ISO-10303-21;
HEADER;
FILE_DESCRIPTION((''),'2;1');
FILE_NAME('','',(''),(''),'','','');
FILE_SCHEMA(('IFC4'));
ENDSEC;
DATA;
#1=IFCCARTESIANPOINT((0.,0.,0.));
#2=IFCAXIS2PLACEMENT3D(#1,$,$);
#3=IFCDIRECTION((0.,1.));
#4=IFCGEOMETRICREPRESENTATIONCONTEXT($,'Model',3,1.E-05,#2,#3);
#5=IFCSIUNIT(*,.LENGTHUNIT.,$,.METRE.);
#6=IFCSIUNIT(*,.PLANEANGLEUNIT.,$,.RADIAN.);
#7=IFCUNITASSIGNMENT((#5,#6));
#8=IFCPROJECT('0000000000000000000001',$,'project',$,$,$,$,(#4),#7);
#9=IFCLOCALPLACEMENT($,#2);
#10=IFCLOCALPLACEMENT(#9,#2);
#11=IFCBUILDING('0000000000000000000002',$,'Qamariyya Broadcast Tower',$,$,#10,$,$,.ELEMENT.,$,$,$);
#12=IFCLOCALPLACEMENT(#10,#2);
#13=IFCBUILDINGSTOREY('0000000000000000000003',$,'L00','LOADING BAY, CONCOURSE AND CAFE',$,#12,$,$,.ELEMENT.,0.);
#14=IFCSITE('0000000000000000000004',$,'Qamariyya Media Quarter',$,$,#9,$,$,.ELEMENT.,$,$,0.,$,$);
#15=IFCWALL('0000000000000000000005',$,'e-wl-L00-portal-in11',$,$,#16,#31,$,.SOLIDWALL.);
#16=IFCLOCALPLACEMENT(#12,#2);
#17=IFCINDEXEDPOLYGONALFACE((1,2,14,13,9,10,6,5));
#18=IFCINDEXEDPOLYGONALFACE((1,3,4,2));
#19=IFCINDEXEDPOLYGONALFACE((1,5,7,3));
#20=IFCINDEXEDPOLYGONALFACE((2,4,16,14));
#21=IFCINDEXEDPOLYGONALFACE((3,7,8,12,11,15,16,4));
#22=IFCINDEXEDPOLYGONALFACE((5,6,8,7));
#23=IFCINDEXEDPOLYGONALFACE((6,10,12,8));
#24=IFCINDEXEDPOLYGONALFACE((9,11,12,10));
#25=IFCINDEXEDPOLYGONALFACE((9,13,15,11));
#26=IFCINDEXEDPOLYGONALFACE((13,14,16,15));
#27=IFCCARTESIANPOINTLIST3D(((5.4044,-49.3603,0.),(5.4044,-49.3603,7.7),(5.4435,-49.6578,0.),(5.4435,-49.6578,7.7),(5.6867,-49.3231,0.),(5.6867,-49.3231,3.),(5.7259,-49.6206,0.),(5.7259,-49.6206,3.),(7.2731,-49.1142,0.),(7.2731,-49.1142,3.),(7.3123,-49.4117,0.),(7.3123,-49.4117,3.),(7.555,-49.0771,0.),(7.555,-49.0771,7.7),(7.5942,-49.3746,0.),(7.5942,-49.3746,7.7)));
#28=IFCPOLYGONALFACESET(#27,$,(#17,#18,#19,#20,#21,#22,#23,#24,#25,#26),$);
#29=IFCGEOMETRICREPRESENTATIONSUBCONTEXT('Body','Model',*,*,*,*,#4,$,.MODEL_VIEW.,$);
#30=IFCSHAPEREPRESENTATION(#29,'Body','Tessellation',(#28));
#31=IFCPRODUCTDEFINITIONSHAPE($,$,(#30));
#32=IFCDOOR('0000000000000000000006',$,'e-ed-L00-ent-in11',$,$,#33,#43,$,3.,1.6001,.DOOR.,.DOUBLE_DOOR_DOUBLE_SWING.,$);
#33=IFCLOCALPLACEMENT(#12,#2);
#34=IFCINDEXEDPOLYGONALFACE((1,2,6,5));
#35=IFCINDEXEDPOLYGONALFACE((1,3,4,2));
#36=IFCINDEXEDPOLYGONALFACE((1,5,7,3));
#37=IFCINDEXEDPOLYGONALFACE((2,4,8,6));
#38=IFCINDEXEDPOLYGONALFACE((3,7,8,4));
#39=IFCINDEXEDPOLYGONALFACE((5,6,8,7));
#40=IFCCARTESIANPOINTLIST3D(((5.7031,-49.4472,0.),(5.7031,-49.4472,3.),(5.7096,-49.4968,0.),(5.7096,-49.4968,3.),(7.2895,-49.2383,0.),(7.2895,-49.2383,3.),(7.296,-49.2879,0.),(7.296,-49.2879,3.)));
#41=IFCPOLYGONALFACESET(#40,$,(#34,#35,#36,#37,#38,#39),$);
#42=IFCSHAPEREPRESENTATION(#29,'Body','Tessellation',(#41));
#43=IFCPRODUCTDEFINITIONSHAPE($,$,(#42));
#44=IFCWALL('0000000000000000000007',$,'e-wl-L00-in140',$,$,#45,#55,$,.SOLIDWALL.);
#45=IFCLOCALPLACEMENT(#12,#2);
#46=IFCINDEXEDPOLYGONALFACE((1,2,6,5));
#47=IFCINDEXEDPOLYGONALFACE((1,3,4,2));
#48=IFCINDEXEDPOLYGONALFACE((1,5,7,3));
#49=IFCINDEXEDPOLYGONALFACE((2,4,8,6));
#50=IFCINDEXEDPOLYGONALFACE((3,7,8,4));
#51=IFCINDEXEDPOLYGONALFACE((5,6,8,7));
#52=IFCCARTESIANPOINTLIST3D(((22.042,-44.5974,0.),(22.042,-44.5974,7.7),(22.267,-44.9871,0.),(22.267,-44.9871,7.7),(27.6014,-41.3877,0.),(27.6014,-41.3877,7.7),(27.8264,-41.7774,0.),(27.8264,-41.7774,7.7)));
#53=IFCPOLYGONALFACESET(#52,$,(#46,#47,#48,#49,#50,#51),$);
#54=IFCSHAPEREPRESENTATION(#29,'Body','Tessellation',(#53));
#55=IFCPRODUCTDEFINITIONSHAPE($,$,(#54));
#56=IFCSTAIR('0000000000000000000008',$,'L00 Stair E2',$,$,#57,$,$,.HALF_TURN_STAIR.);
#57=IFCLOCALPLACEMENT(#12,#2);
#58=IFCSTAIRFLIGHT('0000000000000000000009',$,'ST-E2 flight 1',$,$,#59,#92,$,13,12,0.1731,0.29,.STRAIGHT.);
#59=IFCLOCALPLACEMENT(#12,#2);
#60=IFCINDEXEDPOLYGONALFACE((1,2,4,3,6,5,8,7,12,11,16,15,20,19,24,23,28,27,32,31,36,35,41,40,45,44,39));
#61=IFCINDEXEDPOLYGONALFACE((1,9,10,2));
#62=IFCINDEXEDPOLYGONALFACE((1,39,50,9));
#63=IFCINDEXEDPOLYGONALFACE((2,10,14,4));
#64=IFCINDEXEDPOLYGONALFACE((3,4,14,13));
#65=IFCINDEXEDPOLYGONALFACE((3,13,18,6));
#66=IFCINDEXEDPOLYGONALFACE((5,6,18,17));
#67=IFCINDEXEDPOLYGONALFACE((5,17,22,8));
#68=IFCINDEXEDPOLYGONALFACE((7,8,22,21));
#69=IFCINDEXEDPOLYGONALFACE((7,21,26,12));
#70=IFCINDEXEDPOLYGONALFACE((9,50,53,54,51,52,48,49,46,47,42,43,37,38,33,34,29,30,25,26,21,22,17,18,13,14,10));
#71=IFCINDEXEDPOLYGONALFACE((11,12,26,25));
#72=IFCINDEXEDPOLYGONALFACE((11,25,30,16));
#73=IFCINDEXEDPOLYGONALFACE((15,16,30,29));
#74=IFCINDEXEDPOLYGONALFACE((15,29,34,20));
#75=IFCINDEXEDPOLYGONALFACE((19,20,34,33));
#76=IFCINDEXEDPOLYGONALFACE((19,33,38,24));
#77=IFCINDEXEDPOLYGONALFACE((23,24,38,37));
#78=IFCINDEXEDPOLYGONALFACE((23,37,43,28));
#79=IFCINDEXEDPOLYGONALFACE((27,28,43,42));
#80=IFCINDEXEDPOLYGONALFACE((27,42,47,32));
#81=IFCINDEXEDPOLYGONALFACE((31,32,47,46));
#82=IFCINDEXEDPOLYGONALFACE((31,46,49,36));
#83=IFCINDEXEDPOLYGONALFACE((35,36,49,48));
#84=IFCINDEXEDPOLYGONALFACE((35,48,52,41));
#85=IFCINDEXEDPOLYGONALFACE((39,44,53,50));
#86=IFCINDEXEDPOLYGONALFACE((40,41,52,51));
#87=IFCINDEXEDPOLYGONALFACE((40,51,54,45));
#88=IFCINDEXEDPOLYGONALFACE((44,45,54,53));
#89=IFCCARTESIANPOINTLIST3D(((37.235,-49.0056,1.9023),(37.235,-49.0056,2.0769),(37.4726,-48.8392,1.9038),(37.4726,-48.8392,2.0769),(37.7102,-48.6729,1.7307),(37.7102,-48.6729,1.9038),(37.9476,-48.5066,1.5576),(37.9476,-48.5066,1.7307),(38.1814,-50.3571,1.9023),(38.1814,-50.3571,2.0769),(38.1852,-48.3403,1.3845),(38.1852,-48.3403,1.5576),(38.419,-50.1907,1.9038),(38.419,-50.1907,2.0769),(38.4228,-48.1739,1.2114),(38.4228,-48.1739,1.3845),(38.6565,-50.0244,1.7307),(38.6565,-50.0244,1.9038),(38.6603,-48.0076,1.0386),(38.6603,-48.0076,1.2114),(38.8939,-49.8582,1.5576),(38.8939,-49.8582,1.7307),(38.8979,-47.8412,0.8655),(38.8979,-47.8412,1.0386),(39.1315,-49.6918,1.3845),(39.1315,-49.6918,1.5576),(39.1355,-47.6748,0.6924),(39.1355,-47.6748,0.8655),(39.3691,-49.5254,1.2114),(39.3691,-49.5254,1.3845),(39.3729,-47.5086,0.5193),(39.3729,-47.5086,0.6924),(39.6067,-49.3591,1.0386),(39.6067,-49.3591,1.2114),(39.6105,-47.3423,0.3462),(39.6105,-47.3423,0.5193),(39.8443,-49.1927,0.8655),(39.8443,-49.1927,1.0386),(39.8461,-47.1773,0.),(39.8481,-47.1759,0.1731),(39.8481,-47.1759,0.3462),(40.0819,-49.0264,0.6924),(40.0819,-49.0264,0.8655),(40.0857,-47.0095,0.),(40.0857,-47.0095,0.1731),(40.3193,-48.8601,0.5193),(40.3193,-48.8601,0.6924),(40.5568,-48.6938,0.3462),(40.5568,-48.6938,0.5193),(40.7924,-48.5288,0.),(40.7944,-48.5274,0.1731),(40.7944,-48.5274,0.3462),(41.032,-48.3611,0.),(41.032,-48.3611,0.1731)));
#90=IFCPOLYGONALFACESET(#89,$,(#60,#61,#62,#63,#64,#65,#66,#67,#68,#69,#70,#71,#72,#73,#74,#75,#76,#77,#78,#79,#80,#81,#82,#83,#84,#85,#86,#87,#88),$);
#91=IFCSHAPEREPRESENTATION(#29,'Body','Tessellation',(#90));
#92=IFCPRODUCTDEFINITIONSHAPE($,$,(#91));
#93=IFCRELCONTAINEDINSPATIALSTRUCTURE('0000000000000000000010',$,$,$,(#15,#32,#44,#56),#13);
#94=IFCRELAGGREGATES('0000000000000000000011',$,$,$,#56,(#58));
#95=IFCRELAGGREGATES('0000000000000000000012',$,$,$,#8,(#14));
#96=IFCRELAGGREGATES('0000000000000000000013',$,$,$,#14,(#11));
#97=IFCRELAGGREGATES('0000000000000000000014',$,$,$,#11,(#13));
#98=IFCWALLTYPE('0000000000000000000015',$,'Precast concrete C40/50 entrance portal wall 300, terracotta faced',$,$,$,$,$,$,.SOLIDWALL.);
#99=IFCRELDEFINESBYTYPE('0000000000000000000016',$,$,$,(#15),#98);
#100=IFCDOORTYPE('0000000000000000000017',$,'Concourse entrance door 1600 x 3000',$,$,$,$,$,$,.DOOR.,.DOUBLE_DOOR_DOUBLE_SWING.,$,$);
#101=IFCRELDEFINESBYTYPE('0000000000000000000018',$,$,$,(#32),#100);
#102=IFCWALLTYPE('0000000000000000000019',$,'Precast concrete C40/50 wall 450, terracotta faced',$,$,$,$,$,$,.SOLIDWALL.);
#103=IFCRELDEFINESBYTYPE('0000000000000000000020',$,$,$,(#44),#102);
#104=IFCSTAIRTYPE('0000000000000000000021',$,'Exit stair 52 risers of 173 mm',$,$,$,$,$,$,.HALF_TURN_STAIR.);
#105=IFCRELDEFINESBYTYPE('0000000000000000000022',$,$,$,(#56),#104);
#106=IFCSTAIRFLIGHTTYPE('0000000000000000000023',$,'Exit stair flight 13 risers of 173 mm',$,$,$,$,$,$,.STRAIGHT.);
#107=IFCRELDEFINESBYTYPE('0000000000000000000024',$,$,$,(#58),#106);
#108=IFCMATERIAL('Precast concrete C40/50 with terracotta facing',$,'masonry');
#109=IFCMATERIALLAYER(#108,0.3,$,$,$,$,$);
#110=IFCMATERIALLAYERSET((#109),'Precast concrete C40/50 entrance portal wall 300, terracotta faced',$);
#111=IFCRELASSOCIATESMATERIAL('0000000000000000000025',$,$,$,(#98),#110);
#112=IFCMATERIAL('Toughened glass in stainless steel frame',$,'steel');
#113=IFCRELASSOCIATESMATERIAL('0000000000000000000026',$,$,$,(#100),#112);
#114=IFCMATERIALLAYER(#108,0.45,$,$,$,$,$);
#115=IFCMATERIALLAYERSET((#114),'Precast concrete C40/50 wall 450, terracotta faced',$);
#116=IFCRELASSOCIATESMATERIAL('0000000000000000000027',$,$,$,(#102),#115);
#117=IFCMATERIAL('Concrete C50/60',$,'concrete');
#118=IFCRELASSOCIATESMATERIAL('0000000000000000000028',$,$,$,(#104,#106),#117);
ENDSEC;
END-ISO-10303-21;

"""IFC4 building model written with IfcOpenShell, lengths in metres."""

from ifc_helpers import new_model, si_unit, direction, frame, frame_2d, origin, place, context, subcontext, project, spatial, polyline, rectangle, outline, extrude, material, layer, layer_set, type_object, element, fill, aggregate, save


model = new_model("IFC4")

# Units and contexts
model_context = context("Model", 3, precision=1e-05, world=origin(), true_north=direction((0.0, 1.0)))
body_context = subcontext(model_context, "Body", "Model", "MODEL_VIEW")
ifc_project = project(units=[si_unit("LENGTHUNIT", "METRE"), si_unit("PLANEANGLEUNIT", "RADIAN")], contexts=[model_context])

# Site, building, storey
site_placement = place(None, origin())
site = spatial("IfcSite", under=ifc_project, at=site_placement, Name="Qamariyya Media Quarter", CompositionType="ELEMENT", RefElevation=0.0)
building_placement = place(site_placement, origin())
building = spatial("IfcBuilding", under=site, at=building_placement, Name="Qamariyya Broadcast Tower", CompositionType="ELEMENT")
storey_placement = place(building_placement, origin())
storey = spatial("IfcBuildingStorey", under=building, at=storey_placement, Name="L00", Description="LOADING BAY, CONCOURSE AND CAFE", CompositionType="ELEMENT", Elevation=0.0)

# Wall, opening, door
ifc_material_1 = material(Name="Precast concrete C40/50 with terracotta facing", Category="masonry")
ifc_layer_1 = layer(ifc_material_1, 0.3)
ifc_layer_set_1 = layer_set([ifc_layer_1], Name="Precast concrete C40/50 entrance portal wall 300, terracotta faced")
wall_type_1 = type_object("IfcWallType", Name="Precast concrete C40/50 entrance portal wall 300, terracotta faced", PredefinedType="SOLIDWALL", material=ifc_layer_set_1)
wall_1_placement = place(storey_placement, frame((5.4241, -49.509, 0.0), z_axis=(0.0, 0.0, 1.0), x_axis=(0.991441, 0.130556, 0.0)))
wall_1 = element("IfcWall", 1, at=wall_1_placement, inside=storey, type_object=wall_type_1, Name="e-wl-L00-portal-in11", PredefinedType="SOLIDWALL", context=body_context, shape_type="SweptSolid", body=[
    extrude(rectangle(XDim=2.1692, YDim=0.3, at=frame_2d((1.0845, 0.0))), origin(), (0.0, 0.0, 1.0), 7.7),
])
opening_1_placement = place(wall_1_placement, frame((0.2847, 0.0, 0.0)))
opening_1 = element("IfcOpeningElement", 2, at=opening_1_placement, cuts=wall_1, PredefinedType="OPENING", context=body_context, shape_type="SweptSolid", body=[
    extrude(rectangle(XDim=1.6001, YDim=3.0, at=frame_2d((0.8, 1.5))), frame((0.0, 0.1599, 0.0), z_axis=(0.0, -1.0, 0.0), x_axis=(1.0, 0.0, 0.0)), (0.0, 0.0, 1.0), 0.3201),
])
ifc_material_2 = material(Name="Toughened glass in stainless steel frame", Category="steel")
door_type_1 = type_object("IfcDoorType", Name="Concourse entrance door 1600 x 3000", OperationType="DOUBLE_DOOR_DOUBLE_SWING", PredefinedType="DOOR", material=ifc_material_2)
door_1_placement = place(opening_1_placement, origin())
door_1 = element("IfcDoor", 3, at=door_1_placement, inside=storey, type_object=door_type_1, Name="e-ed-L00-ent-in11", OperationType="DOUBLE_DOOR_DOUBLE_SWING", OverallHeight=3.0, OverallWidth=1.6001, PredefinedType="DOOR", context=body_context, shape_type="SweptSolid", body=[
    extrude(rectangle(XDim=1.6001, YDim=3.0, at=frame_2d((0.8, 1.5))), frame((0.0, 0.0249, 0.0), z_axis=(0.0, -1.0, 0.0), x_axis=(1.0, 0.0, 0.0)), (0.0, 0.0, 1.0), 0.05),
])
fill(opening_1, door_1)
ifc_layer_2 = layer(ifc_material_1, 0.45)
ifc_layer_set_2 = layer_set([ifc_layer_2], Name="Precast concrete C40/50 wall 450, terracotta faced")
wall_type_2 = type_object("IfcWallType", Name="Precast concrete C40/50 wall 450, terracotta faced", PredefinedType="SOLIDWALL", material=ifc_layer_set_2)

# Wall
wall_2_placement = place(storey_placement, frame((27.7139, -41.5825, 0.0), z_axis=(0.0, 0.0, 1.0), x_axis=(-0.866023, -0.500004, 0.0)))
element("IfcWall", 4, at=wall_2_placement, inside=storey, type_object=wall_type_2, Name="e-wl-L00-in140", PredefinedType="SOLIDWALL", context=body_context, shape_type="SweptSolid", body=[
    extrude(rectangle(XDim=6.4194, YDim=0.45, at=frame_2d((3.2097, 0.0))), origin(), (0.0, 0.0, 1.0), 7.7),
])

# Stair, stair flight
ifc_material_3 = material(Name="Concrete C50/60", Category="concrete")
stair_type = type_object("IfcStairType", Name="Exit stair 52 risers of 173 mm", PredefinedType="HALF_TURN_STAIR", material=ifc_material_3)
stair_placement = place(storey_placement, origin())
stair = element("IfcStair", 5, at=stair_placement, inside=storey, type_object=stair_type, Name="L00 Stair E2", PredefinedType="HALF_TURN_STAIR")
stair_flight_type = type_object("IfcStairFlightType", Name="Exit stair flight 13 risers of 173 mm", PredefinedType="STRAIGHT", material=ifc_material_3)
stair_flight_placement = place(storey_placement, frame((40.5588, -47.6853, 0.0), z_axis=(0.0, 0.0, 1.0), x_axis=(-0.819152, -0.573576, 0.0)))
stair_flight = element("IfcStairFlight", 6, at=stair_flight_placement, type_object=stair_flight_type, Name="ST-E2 flight 1", NumberOfRisers=13, NumberOfTreads=12, PredefinedType="STRAIGHT", RiserHeight=0.1731, TreadLength=0.29, context=body_context, shape_type="SweptSolid", body=[
    extrude(outline(polyline([(0.0, 0.0), (0.0, 0.1731), (0.29, 0.1731), (0.29, 0.3462), (0.5801, 0.3462), (0.5801, 0.5193), (0.8701, 0.5193), (0.8701, 0.6924), (1.1599, 0.6924), (1.1599, 0.8655), (1.45, 0.8655), (1.45, 1.0386), (1.74, 1.0386), (1.74, 1.2114), (2.03, 1.2114), (2.03, 1.3845), (2.3201, 1.3845), (2.3201, 1.5576), (2.6101, 1.5576), (2.6101, 1.7307), (2.8999, 1.7307), (2.8999, 1.9038), (3.1899, 1.9038), (3.1899, 2.0769), (3.48, 2.0769), (3.48, 2.25), (3.48, 1.9023), (0.2925, 0.0), (0.0, 0.0)])), frame((0.0, 0.825, 0.0), z_axis=(0.0, -1.0, 0.0), x_axis=(1.0, 0.0, 0.0)), (0.0, 0.0, 1.0), 1.6499),
])
aggregate(stair, [stair_flight])

save(model, "model.ifc")
